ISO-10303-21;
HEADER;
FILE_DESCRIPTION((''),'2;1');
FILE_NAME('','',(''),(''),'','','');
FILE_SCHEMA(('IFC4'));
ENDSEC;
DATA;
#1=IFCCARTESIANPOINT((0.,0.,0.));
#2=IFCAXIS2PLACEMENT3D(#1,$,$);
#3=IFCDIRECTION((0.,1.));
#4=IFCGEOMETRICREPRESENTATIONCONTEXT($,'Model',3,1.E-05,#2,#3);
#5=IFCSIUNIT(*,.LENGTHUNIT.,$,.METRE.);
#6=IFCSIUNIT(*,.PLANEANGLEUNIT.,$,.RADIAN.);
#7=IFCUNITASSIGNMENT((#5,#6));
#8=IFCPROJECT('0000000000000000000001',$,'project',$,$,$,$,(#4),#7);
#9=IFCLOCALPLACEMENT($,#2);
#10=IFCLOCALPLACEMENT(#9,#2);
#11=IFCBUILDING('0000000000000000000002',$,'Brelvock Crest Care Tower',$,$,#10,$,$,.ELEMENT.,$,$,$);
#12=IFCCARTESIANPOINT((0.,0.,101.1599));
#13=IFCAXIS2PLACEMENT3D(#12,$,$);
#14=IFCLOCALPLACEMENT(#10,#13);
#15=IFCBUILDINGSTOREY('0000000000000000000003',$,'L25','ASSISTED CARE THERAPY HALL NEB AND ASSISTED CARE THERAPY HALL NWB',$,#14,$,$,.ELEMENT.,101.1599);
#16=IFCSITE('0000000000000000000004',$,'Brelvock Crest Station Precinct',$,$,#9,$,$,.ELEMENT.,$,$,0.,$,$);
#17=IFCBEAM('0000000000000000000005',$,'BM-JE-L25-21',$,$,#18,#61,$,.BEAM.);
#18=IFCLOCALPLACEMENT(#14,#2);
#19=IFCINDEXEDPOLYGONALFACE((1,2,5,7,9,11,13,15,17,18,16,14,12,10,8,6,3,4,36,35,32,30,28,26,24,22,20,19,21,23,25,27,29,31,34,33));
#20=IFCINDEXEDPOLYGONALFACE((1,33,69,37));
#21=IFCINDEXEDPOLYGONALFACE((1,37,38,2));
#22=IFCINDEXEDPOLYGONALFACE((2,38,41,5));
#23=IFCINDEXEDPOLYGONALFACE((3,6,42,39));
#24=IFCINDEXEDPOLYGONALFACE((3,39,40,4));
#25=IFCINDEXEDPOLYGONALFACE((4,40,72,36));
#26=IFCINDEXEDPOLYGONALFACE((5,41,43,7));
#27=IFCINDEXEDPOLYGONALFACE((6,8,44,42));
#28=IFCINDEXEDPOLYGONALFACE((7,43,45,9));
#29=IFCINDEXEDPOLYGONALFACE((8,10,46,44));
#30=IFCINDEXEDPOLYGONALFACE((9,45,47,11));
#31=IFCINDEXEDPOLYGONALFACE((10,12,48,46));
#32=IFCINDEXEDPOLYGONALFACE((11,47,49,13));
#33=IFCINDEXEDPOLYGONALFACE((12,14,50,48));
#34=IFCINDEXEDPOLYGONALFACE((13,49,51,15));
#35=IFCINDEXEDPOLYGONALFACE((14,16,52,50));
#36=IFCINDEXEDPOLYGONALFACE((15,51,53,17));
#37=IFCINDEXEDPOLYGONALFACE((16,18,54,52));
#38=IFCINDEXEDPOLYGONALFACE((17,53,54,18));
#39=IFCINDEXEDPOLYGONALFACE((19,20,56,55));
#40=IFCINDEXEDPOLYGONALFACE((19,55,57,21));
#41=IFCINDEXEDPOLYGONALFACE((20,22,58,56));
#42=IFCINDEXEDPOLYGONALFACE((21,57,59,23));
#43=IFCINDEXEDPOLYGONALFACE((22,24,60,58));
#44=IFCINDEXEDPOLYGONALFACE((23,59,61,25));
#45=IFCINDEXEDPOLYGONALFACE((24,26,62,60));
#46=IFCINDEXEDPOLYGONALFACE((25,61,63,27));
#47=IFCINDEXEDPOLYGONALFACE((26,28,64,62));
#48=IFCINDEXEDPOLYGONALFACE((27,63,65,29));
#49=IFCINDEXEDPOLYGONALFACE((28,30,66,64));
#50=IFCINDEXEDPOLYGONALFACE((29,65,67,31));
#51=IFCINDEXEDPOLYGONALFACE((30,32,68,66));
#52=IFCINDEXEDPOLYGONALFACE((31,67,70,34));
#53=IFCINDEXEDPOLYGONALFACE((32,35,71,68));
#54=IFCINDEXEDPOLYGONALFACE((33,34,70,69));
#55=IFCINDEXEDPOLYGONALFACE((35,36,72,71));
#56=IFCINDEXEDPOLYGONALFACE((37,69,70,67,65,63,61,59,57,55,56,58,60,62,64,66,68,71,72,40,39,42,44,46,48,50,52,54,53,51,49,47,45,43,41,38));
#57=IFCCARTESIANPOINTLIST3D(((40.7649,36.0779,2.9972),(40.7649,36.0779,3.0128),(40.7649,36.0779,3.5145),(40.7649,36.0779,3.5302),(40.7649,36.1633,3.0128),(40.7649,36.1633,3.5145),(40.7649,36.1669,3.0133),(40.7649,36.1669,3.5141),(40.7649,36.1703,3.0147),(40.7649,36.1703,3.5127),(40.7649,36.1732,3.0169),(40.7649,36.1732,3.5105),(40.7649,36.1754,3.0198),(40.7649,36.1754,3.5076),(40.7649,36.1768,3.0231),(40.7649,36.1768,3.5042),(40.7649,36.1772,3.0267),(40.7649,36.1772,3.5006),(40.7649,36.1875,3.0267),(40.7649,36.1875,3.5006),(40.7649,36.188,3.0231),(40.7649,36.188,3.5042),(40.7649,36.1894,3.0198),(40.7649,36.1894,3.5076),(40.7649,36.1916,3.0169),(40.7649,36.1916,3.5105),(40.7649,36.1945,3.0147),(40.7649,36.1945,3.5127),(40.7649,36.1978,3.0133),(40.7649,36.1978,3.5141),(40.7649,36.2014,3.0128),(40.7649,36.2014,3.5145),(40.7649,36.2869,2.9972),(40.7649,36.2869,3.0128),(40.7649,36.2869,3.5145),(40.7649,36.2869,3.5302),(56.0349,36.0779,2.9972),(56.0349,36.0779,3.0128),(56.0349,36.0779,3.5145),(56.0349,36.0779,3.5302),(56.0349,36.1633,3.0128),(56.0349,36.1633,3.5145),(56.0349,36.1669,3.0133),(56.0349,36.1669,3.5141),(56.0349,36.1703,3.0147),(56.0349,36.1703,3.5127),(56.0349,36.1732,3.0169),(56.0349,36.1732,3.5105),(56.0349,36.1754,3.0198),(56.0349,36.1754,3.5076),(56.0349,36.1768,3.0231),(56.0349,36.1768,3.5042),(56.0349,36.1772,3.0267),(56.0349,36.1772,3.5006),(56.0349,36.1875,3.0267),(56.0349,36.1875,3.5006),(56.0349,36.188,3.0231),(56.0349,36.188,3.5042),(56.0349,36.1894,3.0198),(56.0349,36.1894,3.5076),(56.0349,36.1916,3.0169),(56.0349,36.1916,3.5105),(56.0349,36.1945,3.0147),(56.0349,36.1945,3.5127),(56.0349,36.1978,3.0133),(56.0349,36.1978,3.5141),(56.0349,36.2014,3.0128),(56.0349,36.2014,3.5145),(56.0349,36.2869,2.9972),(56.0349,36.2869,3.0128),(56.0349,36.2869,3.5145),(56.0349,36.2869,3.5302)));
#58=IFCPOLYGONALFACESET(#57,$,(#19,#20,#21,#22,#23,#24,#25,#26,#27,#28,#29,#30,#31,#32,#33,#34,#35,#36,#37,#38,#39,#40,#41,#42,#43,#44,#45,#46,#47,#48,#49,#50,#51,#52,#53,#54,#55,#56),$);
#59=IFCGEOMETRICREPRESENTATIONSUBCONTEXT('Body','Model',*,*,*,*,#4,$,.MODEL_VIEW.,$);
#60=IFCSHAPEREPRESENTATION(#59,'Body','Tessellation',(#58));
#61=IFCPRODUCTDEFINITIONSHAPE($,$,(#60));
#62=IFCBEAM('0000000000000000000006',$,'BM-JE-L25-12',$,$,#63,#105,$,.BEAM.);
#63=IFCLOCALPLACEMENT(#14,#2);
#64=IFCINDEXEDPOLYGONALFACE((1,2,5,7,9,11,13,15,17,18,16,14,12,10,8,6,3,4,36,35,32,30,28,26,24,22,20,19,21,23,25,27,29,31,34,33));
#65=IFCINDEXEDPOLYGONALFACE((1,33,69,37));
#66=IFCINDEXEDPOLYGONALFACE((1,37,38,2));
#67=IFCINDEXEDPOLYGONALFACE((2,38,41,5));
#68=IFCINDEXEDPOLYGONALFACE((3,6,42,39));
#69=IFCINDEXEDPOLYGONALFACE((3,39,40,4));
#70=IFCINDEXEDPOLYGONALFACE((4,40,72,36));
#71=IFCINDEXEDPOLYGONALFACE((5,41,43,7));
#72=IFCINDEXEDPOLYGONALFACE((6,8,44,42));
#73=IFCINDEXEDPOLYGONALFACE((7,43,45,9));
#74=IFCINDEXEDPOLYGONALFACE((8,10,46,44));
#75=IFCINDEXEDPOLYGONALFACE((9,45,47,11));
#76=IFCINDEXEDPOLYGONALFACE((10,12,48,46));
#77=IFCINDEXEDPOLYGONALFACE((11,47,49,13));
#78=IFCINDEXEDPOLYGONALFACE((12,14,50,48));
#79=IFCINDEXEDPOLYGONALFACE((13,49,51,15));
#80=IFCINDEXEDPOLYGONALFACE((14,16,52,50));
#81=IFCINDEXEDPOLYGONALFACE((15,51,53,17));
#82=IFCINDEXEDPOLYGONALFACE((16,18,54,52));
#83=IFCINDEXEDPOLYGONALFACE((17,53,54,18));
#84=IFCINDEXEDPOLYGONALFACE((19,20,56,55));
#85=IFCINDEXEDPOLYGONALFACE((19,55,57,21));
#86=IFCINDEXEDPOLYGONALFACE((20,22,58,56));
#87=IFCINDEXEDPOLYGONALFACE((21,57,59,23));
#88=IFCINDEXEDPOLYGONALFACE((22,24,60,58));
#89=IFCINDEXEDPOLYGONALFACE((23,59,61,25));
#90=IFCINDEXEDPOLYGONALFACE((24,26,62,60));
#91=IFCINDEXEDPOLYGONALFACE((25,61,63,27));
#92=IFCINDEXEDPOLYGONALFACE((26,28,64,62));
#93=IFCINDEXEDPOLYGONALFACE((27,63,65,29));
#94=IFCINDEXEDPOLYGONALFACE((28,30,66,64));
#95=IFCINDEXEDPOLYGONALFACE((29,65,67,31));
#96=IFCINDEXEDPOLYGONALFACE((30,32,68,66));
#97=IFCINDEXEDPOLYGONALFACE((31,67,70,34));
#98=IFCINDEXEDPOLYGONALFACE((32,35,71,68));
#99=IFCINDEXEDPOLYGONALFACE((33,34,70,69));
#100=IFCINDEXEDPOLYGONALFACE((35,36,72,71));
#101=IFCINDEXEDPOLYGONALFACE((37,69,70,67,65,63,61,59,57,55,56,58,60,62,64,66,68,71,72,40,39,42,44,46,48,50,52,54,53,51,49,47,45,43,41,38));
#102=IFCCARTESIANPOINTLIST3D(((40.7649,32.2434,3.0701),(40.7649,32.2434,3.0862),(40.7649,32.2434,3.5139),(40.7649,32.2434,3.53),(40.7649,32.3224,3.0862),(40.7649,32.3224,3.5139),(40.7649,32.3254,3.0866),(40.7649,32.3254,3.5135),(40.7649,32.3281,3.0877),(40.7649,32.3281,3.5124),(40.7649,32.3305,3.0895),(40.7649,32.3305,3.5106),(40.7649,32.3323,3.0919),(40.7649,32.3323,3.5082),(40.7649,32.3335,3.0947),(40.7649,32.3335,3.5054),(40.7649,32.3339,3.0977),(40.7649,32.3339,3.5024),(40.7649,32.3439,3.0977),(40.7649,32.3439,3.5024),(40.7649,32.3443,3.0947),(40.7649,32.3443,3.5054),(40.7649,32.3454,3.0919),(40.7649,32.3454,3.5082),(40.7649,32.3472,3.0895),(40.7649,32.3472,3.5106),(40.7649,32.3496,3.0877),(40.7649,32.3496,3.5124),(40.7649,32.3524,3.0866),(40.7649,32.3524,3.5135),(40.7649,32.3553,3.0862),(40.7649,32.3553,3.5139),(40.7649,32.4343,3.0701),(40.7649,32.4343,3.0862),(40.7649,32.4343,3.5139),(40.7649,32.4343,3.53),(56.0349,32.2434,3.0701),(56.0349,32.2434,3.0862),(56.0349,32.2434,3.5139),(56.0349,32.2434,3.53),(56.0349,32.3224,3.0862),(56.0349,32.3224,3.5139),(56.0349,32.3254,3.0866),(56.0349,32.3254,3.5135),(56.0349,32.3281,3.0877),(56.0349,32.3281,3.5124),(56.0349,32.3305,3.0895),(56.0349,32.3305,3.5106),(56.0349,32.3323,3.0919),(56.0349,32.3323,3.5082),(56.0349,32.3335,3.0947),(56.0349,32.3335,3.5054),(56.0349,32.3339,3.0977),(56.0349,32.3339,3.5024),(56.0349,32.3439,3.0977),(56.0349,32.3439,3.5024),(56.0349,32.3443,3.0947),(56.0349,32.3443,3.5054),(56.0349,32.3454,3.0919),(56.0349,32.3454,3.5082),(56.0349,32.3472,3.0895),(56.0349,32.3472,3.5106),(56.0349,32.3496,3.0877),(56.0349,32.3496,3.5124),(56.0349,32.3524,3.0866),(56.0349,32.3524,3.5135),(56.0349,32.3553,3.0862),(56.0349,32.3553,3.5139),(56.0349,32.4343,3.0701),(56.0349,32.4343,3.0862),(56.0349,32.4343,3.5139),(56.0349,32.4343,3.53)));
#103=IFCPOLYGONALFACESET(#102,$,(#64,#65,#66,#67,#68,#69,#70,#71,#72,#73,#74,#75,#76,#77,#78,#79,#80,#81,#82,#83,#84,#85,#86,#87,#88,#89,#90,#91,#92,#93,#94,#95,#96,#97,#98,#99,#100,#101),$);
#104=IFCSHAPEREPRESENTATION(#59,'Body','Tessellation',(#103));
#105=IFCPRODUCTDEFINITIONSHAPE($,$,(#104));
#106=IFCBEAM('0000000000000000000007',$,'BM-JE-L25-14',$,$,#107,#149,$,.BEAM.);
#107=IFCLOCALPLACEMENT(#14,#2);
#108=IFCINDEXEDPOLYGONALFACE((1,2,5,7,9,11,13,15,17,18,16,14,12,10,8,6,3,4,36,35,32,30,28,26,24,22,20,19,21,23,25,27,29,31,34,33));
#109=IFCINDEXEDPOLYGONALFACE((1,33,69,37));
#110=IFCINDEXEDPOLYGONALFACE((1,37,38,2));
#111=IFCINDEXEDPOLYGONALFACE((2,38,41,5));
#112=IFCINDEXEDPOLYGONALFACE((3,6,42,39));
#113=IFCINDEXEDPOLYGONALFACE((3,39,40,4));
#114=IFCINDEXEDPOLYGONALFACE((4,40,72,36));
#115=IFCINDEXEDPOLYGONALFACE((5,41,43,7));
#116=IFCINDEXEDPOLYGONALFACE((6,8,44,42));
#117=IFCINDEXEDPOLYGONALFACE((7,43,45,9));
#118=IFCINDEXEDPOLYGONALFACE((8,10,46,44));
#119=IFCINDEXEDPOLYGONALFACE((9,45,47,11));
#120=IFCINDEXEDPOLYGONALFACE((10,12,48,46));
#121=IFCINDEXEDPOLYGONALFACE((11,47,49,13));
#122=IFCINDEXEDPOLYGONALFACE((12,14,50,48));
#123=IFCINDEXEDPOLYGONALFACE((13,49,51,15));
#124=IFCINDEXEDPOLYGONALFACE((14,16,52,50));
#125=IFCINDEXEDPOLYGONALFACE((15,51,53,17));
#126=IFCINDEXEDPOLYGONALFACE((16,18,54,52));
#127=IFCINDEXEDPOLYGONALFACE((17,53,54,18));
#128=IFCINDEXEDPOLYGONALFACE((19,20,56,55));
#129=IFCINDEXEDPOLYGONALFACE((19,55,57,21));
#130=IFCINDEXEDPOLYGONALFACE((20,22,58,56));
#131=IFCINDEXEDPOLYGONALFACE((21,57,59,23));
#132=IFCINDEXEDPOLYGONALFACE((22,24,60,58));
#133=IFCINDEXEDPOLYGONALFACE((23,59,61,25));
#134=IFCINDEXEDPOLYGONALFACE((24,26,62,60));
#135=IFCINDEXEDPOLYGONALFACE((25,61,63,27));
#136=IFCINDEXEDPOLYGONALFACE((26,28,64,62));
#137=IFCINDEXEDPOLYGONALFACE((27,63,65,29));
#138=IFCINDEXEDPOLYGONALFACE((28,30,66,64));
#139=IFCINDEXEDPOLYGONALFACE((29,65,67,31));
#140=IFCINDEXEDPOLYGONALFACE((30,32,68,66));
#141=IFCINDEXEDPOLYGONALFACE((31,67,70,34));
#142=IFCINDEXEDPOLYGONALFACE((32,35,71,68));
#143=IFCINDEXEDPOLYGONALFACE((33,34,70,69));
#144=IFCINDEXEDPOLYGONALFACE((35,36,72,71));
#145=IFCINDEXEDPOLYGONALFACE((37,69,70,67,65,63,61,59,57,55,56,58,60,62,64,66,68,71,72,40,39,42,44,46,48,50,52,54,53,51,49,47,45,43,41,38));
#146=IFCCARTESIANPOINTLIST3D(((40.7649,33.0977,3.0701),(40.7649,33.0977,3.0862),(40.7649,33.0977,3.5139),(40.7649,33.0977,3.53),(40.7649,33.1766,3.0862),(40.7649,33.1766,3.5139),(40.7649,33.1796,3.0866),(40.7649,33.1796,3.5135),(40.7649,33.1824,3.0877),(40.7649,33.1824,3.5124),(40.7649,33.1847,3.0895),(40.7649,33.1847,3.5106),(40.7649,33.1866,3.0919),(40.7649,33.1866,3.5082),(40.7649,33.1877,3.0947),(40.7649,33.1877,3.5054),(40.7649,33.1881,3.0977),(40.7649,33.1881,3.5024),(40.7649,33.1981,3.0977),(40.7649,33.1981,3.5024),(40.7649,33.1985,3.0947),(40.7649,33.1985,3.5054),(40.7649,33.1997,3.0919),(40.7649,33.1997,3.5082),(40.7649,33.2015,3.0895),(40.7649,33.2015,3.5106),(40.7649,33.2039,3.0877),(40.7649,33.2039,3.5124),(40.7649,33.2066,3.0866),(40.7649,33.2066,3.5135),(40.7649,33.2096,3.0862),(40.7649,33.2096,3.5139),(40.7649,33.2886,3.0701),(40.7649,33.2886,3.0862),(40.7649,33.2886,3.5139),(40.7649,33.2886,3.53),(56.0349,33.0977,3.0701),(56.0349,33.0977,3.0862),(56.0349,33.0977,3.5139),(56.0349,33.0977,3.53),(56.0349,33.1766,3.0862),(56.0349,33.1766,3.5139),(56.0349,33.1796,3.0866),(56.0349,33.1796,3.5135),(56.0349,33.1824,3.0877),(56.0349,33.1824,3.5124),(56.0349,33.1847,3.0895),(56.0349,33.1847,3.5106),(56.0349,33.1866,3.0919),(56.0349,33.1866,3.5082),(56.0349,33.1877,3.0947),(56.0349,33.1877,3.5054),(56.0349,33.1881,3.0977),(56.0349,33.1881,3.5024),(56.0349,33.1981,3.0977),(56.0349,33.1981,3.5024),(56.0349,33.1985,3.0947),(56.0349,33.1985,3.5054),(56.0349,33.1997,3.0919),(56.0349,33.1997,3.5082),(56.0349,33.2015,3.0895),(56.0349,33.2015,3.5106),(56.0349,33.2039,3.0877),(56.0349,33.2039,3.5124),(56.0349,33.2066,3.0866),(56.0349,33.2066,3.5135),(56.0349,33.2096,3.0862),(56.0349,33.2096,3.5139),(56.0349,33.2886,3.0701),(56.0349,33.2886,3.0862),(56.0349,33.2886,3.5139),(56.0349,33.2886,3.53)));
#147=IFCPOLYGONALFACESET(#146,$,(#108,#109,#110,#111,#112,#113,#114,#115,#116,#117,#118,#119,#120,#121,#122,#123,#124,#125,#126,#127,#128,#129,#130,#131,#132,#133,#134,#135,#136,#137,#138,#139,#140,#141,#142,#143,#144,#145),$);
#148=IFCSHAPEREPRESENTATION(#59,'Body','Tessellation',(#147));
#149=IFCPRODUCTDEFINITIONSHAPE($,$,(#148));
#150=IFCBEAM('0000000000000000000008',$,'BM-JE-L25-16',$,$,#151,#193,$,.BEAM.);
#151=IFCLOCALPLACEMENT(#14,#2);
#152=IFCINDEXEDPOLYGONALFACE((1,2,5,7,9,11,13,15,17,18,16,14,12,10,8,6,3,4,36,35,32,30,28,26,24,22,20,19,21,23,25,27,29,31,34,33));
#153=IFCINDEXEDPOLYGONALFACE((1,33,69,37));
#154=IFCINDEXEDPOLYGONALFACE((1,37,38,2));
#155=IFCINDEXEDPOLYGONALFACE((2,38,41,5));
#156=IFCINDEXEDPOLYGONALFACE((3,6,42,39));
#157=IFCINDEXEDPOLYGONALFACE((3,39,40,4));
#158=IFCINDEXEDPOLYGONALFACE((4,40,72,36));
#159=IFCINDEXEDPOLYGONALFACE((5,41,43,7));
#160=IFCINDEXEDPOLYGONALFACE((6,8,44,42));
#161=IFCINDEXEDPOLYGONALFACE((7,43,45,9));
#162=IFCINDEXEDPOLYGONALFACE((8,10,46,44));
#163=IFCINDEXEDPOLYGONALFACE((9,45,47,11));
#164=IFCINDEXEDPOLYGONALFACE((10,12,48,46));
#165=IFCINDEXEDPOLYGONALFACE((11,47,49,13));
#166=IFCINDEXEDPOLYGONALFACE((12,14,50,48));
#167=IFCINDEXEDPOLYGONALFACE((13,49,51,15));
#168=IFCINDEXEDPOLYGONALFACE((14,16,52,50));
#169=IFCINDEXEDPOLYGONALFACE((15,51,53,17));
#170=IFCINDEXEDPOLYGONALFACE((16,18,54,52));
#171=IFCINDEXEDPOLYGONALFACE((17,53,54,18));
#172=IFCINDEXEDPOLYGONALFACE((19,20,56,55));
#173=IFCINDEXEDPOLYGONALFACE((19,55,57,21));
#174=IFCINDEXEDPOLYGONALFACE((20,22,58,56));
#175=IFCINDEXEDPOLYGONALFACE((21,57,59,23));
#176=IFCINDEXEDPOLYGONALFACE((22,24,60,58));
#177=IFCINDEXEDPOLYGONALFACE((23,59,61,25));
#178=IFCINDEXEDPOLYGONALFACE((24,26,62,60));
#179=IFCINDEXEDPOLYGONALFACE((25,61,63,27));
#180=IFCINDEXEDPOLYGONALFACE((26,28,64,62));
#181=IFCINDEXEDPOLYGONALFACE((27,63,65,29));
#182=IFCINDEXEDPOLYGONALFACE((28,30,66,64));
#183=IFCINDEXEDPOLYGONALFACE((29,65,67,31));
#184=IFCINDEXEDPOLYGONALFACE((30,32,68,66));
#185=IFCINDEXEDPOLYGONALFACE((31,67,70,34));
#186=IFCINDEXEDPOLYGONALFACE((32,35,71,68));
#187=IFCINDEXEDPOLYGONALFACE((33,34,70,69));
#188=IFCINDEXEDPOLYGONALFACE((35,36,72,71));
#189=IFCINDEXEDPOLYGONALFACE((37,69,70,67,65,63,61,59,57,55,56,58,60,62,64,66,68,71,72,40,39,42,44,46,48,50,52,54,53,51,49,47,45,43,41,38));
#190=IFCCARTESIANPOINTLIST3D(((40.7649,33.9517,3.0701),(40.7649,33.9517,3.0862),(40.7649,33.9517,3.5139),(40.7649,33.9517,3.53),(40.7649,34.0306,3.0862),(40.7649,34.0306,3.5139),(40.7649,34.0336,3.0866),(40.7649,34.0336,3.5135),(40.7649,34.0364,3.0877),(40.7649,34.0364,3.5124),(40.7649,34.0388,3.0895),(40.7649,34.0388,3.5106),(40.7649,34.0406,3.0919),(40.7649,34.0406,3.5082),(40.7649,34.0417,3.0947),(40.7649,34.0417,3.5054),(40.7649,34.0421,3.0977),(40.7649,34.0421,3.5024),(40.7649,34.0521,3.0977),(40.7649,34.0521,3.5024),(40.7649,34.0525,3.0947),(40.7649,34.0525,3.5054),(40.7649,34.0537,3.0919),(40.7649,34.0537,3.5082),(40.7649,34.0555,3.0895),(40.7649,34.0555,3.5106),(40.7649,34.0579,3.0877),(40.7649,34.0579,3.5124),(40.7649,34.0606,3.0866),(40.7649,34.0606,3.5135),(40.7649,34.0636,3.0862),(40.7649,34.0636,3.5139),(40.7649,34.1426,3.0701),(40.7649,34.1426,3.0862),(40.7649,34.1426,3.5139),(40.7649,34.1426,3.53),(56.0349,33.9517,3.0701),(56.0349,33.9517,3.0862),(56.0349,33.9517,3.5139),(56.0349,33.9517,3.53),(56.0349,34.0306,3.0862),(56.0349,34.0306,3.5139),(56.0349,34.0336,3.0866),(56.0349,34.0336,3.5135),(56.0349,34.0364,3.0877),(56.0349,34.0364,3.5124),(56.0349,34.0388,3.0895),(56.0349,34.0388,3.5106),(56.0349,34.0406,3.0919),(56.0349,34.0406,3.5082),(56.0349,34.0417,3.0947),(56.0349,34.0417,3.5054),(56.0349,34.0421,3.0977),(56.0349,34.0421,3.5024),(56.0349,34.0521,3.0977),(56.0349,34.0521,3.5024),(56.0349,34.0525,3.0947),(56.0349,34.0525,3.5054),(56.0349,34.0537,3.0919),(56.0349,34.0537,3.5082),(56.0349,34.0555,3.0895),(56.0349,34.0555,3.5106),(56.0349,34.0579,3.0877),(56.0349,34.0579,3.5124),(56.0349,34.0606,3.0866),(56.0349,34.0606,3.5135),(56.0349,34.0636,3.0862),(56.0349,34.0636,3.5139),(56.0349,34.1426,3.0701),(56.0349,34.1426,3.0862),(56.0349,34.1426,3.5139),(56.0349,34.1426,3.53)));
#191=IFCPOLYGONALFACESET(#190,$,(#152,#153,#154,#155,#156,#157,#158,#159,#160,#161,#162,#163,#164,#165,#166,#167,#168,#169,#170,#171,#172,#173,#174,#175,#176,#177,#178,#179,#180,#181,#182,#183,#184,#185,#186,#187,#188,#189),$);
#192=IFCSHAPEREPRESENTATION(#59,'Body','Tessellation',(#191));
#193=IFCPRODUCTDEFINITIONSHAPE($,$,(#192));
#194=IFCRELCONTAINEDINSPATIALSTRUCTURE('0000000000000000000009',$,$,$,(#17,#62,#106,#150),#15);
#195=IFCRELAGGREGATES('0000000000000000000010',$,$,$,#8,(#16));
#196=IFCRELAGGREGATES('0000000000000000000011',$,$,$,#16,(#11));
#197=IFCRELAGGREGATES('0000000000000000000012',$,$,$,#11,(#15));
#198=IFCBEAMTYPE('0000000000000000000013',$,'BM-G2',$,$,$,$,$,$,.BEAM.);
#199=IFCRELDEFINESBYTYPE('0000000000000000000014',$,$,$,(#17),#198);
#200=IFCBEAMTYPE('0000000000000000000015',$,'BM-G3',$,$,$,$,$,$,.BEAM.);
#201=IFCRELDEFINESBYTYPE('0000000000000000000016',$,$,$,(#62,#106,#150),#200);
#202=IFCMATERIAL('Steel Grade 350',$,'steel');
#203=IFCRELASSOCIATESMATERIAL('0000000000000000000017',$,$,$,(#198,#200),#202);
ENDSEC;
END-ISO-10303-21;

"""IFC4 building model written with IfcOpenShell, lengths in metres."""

from ifc_helpers import new_model, si_unit, direction, frame, origin, origin_2d, place, context, subcontext, project, spatial, i_section, extrude, source, transform, mapped, material, material_profile, profile_set, type_object, element, save


model = new_model("IFC4")

# Units and contexts
model_context = context("Model", 3, precision=1e-05, world=origin(), true_north=direction((0.0, 1.0)))
body_context = subcontext(model_context, "Body", "Model", "MODEL_VIEW")
ifc_project = project(units=[si_unit("LENGTHUNIT", "METRE"), si_unit("PLANEANGLEUNIT", "RADIAN")], contexts=[model_context])

# Site, building, storey
site_placement = place(None, origin())
site = spatial("IfcSite", under=ifc_project, at=site_placement, Name="Brelvock Crest Station Precinct", CompositionType="ELEMENT", RefElevation=0.0)
building_placement = place(site_placement, origin())
building = spatial("IfcBuilding", under=site, at=building_placement, Name="Brelvock Crest Care Tower", CompositionType="ELEMENT")
storey_placement = place(building_placement, frame((0.0, 0.0, 101.1599)))
storey = spatial("IfcBuildingStorey", under=building, at=storey_placement, Name="L25", Description="ASSISTED CARE THERAPY HALL NEB AND ASSISTED CARE THERAPY HALL NWB", CompositionType="ELEMENT", Elevation=101.1599)

# Beams
ifc_material_1 = material(Name="Steel Grade 350", Category="steel")
ifc_material_profile_1 = material_profile(ifc_material_1, i_section(OverallWidth=0.209, OverallDepth=0.533, WebThickness=0.0103, FlangeThickness=0.0156, FilletRadius=0.0139, at=origin_2d()), Name="530UB92.4")
ifc_profile_set_1 = profile_set([ifc_material_profile_1], Name="Steel Grade 350")
beam_type_1 = type_object("IfcBeamType", Name="BM-G2", PredefinedType="BEAM", material=ifc_profile_set_1)
shared_shape_1 = source(origin(), body_context, "Body", "SweptSolid", [
    extrude(i_section(OverallWidth=0.209, OverallDepth=0.533, WebThickness=0.0103, FlangeThickness=0.0156, FilletRadius=0.0139, at=origin_2d()), origin(), (0.0, 0.0, 1.0), 15.27),
])
for number, where, z_axis, x_axis, name in (
    (1, (40.7649, 36.1824, 3.2637), (1.0, 0.0, 0.0), (0.0, 1.0, 0.0), "BM-JE-L25-21"),
):
    element("IfcBeam", number, at=place(storey_placement, frame(where, z_axis=z_axis, x_axis=x_axis)), inside=storey, type_object=beam_type_1, Name=name, PredefinedType="BEAM", context=body_context, shape_type="MappedRepresentation", body=[
        mapped(shared_shape_1, transform((0.0, 0.0, 0.0), x_axis=(1.0, 0.0, 0.0), y_axis=(0.0, 1.0, 0.0), z_axis=(0.0, 0.0, 1.0), scale=1.0)),
    ])
ifc_material_profile_2 = material_profile(ifc_material_1, i_section(OverallWidth=0.1909, OverallDepth=0.46, WebThickness=0.01, FlangeThickness=0.0161, FilletRadius=0.0115, at=origin_2d()), Name="460UB82.1")
ifc_profile_set_2 = profile_set([ifc_material_profile_2], Name="Steel Grade 350")
beam_type_2 = type_object("IfcBeamType", Name="BM-G3", PredefinedType="BEAM", material=ifc_profile_set_2)
shared_shape_2 = source(origin(), body_context, "Body", "SweptSolid", [
    extrude(i_section(OverallWidth=0.1909, OverallDepth=0.46, WebThickness=0.01, FlangeThickness=0.0161, FilletRadius=0.0115, at=origin_2d()), origin(), (0.0, 0.0, 1.0), 15.27),
])
for number, where, z_axis, x_axis, name in (
    (2, (40.7649, 32.3389, 3.3), (1.0, 0.0, 0.0), (0.0, 1.0, 0.0), "BM-JE-L25-12"),
    (3, (40.7649, 33.1931, 3.3), (1.0, 0.0, 0.0), (0.0, 1.0, 0.0), "BM-JE-L25-14"),
    (4, (40.7649, 34.0471, 3.3), (1.0, 0.0, 0.0), (0.0, 1.0, 0.0), "BM-JE-L25-16"),
):
    element("IfcBeam", number, at=place(storey_placement, frame(where, z_axis=z_axis, x_axis=x_axis)), inside=storey, type_object=beam_type_2, Name=name, PredefinedType="BEAM", context=body_context, shape_type="MappedRepresentation", body=[
        mapped(shared_shape_2, transform((0.0, 0.0, 0.0), x_axis=(1.0, 0.0, 0.0), y_axis=(0.0, 1.0, 0.0), z_axis=(0.0, 0.0, 1.0), scale=1.0)),
    ])

save(model, "model.ifc")
